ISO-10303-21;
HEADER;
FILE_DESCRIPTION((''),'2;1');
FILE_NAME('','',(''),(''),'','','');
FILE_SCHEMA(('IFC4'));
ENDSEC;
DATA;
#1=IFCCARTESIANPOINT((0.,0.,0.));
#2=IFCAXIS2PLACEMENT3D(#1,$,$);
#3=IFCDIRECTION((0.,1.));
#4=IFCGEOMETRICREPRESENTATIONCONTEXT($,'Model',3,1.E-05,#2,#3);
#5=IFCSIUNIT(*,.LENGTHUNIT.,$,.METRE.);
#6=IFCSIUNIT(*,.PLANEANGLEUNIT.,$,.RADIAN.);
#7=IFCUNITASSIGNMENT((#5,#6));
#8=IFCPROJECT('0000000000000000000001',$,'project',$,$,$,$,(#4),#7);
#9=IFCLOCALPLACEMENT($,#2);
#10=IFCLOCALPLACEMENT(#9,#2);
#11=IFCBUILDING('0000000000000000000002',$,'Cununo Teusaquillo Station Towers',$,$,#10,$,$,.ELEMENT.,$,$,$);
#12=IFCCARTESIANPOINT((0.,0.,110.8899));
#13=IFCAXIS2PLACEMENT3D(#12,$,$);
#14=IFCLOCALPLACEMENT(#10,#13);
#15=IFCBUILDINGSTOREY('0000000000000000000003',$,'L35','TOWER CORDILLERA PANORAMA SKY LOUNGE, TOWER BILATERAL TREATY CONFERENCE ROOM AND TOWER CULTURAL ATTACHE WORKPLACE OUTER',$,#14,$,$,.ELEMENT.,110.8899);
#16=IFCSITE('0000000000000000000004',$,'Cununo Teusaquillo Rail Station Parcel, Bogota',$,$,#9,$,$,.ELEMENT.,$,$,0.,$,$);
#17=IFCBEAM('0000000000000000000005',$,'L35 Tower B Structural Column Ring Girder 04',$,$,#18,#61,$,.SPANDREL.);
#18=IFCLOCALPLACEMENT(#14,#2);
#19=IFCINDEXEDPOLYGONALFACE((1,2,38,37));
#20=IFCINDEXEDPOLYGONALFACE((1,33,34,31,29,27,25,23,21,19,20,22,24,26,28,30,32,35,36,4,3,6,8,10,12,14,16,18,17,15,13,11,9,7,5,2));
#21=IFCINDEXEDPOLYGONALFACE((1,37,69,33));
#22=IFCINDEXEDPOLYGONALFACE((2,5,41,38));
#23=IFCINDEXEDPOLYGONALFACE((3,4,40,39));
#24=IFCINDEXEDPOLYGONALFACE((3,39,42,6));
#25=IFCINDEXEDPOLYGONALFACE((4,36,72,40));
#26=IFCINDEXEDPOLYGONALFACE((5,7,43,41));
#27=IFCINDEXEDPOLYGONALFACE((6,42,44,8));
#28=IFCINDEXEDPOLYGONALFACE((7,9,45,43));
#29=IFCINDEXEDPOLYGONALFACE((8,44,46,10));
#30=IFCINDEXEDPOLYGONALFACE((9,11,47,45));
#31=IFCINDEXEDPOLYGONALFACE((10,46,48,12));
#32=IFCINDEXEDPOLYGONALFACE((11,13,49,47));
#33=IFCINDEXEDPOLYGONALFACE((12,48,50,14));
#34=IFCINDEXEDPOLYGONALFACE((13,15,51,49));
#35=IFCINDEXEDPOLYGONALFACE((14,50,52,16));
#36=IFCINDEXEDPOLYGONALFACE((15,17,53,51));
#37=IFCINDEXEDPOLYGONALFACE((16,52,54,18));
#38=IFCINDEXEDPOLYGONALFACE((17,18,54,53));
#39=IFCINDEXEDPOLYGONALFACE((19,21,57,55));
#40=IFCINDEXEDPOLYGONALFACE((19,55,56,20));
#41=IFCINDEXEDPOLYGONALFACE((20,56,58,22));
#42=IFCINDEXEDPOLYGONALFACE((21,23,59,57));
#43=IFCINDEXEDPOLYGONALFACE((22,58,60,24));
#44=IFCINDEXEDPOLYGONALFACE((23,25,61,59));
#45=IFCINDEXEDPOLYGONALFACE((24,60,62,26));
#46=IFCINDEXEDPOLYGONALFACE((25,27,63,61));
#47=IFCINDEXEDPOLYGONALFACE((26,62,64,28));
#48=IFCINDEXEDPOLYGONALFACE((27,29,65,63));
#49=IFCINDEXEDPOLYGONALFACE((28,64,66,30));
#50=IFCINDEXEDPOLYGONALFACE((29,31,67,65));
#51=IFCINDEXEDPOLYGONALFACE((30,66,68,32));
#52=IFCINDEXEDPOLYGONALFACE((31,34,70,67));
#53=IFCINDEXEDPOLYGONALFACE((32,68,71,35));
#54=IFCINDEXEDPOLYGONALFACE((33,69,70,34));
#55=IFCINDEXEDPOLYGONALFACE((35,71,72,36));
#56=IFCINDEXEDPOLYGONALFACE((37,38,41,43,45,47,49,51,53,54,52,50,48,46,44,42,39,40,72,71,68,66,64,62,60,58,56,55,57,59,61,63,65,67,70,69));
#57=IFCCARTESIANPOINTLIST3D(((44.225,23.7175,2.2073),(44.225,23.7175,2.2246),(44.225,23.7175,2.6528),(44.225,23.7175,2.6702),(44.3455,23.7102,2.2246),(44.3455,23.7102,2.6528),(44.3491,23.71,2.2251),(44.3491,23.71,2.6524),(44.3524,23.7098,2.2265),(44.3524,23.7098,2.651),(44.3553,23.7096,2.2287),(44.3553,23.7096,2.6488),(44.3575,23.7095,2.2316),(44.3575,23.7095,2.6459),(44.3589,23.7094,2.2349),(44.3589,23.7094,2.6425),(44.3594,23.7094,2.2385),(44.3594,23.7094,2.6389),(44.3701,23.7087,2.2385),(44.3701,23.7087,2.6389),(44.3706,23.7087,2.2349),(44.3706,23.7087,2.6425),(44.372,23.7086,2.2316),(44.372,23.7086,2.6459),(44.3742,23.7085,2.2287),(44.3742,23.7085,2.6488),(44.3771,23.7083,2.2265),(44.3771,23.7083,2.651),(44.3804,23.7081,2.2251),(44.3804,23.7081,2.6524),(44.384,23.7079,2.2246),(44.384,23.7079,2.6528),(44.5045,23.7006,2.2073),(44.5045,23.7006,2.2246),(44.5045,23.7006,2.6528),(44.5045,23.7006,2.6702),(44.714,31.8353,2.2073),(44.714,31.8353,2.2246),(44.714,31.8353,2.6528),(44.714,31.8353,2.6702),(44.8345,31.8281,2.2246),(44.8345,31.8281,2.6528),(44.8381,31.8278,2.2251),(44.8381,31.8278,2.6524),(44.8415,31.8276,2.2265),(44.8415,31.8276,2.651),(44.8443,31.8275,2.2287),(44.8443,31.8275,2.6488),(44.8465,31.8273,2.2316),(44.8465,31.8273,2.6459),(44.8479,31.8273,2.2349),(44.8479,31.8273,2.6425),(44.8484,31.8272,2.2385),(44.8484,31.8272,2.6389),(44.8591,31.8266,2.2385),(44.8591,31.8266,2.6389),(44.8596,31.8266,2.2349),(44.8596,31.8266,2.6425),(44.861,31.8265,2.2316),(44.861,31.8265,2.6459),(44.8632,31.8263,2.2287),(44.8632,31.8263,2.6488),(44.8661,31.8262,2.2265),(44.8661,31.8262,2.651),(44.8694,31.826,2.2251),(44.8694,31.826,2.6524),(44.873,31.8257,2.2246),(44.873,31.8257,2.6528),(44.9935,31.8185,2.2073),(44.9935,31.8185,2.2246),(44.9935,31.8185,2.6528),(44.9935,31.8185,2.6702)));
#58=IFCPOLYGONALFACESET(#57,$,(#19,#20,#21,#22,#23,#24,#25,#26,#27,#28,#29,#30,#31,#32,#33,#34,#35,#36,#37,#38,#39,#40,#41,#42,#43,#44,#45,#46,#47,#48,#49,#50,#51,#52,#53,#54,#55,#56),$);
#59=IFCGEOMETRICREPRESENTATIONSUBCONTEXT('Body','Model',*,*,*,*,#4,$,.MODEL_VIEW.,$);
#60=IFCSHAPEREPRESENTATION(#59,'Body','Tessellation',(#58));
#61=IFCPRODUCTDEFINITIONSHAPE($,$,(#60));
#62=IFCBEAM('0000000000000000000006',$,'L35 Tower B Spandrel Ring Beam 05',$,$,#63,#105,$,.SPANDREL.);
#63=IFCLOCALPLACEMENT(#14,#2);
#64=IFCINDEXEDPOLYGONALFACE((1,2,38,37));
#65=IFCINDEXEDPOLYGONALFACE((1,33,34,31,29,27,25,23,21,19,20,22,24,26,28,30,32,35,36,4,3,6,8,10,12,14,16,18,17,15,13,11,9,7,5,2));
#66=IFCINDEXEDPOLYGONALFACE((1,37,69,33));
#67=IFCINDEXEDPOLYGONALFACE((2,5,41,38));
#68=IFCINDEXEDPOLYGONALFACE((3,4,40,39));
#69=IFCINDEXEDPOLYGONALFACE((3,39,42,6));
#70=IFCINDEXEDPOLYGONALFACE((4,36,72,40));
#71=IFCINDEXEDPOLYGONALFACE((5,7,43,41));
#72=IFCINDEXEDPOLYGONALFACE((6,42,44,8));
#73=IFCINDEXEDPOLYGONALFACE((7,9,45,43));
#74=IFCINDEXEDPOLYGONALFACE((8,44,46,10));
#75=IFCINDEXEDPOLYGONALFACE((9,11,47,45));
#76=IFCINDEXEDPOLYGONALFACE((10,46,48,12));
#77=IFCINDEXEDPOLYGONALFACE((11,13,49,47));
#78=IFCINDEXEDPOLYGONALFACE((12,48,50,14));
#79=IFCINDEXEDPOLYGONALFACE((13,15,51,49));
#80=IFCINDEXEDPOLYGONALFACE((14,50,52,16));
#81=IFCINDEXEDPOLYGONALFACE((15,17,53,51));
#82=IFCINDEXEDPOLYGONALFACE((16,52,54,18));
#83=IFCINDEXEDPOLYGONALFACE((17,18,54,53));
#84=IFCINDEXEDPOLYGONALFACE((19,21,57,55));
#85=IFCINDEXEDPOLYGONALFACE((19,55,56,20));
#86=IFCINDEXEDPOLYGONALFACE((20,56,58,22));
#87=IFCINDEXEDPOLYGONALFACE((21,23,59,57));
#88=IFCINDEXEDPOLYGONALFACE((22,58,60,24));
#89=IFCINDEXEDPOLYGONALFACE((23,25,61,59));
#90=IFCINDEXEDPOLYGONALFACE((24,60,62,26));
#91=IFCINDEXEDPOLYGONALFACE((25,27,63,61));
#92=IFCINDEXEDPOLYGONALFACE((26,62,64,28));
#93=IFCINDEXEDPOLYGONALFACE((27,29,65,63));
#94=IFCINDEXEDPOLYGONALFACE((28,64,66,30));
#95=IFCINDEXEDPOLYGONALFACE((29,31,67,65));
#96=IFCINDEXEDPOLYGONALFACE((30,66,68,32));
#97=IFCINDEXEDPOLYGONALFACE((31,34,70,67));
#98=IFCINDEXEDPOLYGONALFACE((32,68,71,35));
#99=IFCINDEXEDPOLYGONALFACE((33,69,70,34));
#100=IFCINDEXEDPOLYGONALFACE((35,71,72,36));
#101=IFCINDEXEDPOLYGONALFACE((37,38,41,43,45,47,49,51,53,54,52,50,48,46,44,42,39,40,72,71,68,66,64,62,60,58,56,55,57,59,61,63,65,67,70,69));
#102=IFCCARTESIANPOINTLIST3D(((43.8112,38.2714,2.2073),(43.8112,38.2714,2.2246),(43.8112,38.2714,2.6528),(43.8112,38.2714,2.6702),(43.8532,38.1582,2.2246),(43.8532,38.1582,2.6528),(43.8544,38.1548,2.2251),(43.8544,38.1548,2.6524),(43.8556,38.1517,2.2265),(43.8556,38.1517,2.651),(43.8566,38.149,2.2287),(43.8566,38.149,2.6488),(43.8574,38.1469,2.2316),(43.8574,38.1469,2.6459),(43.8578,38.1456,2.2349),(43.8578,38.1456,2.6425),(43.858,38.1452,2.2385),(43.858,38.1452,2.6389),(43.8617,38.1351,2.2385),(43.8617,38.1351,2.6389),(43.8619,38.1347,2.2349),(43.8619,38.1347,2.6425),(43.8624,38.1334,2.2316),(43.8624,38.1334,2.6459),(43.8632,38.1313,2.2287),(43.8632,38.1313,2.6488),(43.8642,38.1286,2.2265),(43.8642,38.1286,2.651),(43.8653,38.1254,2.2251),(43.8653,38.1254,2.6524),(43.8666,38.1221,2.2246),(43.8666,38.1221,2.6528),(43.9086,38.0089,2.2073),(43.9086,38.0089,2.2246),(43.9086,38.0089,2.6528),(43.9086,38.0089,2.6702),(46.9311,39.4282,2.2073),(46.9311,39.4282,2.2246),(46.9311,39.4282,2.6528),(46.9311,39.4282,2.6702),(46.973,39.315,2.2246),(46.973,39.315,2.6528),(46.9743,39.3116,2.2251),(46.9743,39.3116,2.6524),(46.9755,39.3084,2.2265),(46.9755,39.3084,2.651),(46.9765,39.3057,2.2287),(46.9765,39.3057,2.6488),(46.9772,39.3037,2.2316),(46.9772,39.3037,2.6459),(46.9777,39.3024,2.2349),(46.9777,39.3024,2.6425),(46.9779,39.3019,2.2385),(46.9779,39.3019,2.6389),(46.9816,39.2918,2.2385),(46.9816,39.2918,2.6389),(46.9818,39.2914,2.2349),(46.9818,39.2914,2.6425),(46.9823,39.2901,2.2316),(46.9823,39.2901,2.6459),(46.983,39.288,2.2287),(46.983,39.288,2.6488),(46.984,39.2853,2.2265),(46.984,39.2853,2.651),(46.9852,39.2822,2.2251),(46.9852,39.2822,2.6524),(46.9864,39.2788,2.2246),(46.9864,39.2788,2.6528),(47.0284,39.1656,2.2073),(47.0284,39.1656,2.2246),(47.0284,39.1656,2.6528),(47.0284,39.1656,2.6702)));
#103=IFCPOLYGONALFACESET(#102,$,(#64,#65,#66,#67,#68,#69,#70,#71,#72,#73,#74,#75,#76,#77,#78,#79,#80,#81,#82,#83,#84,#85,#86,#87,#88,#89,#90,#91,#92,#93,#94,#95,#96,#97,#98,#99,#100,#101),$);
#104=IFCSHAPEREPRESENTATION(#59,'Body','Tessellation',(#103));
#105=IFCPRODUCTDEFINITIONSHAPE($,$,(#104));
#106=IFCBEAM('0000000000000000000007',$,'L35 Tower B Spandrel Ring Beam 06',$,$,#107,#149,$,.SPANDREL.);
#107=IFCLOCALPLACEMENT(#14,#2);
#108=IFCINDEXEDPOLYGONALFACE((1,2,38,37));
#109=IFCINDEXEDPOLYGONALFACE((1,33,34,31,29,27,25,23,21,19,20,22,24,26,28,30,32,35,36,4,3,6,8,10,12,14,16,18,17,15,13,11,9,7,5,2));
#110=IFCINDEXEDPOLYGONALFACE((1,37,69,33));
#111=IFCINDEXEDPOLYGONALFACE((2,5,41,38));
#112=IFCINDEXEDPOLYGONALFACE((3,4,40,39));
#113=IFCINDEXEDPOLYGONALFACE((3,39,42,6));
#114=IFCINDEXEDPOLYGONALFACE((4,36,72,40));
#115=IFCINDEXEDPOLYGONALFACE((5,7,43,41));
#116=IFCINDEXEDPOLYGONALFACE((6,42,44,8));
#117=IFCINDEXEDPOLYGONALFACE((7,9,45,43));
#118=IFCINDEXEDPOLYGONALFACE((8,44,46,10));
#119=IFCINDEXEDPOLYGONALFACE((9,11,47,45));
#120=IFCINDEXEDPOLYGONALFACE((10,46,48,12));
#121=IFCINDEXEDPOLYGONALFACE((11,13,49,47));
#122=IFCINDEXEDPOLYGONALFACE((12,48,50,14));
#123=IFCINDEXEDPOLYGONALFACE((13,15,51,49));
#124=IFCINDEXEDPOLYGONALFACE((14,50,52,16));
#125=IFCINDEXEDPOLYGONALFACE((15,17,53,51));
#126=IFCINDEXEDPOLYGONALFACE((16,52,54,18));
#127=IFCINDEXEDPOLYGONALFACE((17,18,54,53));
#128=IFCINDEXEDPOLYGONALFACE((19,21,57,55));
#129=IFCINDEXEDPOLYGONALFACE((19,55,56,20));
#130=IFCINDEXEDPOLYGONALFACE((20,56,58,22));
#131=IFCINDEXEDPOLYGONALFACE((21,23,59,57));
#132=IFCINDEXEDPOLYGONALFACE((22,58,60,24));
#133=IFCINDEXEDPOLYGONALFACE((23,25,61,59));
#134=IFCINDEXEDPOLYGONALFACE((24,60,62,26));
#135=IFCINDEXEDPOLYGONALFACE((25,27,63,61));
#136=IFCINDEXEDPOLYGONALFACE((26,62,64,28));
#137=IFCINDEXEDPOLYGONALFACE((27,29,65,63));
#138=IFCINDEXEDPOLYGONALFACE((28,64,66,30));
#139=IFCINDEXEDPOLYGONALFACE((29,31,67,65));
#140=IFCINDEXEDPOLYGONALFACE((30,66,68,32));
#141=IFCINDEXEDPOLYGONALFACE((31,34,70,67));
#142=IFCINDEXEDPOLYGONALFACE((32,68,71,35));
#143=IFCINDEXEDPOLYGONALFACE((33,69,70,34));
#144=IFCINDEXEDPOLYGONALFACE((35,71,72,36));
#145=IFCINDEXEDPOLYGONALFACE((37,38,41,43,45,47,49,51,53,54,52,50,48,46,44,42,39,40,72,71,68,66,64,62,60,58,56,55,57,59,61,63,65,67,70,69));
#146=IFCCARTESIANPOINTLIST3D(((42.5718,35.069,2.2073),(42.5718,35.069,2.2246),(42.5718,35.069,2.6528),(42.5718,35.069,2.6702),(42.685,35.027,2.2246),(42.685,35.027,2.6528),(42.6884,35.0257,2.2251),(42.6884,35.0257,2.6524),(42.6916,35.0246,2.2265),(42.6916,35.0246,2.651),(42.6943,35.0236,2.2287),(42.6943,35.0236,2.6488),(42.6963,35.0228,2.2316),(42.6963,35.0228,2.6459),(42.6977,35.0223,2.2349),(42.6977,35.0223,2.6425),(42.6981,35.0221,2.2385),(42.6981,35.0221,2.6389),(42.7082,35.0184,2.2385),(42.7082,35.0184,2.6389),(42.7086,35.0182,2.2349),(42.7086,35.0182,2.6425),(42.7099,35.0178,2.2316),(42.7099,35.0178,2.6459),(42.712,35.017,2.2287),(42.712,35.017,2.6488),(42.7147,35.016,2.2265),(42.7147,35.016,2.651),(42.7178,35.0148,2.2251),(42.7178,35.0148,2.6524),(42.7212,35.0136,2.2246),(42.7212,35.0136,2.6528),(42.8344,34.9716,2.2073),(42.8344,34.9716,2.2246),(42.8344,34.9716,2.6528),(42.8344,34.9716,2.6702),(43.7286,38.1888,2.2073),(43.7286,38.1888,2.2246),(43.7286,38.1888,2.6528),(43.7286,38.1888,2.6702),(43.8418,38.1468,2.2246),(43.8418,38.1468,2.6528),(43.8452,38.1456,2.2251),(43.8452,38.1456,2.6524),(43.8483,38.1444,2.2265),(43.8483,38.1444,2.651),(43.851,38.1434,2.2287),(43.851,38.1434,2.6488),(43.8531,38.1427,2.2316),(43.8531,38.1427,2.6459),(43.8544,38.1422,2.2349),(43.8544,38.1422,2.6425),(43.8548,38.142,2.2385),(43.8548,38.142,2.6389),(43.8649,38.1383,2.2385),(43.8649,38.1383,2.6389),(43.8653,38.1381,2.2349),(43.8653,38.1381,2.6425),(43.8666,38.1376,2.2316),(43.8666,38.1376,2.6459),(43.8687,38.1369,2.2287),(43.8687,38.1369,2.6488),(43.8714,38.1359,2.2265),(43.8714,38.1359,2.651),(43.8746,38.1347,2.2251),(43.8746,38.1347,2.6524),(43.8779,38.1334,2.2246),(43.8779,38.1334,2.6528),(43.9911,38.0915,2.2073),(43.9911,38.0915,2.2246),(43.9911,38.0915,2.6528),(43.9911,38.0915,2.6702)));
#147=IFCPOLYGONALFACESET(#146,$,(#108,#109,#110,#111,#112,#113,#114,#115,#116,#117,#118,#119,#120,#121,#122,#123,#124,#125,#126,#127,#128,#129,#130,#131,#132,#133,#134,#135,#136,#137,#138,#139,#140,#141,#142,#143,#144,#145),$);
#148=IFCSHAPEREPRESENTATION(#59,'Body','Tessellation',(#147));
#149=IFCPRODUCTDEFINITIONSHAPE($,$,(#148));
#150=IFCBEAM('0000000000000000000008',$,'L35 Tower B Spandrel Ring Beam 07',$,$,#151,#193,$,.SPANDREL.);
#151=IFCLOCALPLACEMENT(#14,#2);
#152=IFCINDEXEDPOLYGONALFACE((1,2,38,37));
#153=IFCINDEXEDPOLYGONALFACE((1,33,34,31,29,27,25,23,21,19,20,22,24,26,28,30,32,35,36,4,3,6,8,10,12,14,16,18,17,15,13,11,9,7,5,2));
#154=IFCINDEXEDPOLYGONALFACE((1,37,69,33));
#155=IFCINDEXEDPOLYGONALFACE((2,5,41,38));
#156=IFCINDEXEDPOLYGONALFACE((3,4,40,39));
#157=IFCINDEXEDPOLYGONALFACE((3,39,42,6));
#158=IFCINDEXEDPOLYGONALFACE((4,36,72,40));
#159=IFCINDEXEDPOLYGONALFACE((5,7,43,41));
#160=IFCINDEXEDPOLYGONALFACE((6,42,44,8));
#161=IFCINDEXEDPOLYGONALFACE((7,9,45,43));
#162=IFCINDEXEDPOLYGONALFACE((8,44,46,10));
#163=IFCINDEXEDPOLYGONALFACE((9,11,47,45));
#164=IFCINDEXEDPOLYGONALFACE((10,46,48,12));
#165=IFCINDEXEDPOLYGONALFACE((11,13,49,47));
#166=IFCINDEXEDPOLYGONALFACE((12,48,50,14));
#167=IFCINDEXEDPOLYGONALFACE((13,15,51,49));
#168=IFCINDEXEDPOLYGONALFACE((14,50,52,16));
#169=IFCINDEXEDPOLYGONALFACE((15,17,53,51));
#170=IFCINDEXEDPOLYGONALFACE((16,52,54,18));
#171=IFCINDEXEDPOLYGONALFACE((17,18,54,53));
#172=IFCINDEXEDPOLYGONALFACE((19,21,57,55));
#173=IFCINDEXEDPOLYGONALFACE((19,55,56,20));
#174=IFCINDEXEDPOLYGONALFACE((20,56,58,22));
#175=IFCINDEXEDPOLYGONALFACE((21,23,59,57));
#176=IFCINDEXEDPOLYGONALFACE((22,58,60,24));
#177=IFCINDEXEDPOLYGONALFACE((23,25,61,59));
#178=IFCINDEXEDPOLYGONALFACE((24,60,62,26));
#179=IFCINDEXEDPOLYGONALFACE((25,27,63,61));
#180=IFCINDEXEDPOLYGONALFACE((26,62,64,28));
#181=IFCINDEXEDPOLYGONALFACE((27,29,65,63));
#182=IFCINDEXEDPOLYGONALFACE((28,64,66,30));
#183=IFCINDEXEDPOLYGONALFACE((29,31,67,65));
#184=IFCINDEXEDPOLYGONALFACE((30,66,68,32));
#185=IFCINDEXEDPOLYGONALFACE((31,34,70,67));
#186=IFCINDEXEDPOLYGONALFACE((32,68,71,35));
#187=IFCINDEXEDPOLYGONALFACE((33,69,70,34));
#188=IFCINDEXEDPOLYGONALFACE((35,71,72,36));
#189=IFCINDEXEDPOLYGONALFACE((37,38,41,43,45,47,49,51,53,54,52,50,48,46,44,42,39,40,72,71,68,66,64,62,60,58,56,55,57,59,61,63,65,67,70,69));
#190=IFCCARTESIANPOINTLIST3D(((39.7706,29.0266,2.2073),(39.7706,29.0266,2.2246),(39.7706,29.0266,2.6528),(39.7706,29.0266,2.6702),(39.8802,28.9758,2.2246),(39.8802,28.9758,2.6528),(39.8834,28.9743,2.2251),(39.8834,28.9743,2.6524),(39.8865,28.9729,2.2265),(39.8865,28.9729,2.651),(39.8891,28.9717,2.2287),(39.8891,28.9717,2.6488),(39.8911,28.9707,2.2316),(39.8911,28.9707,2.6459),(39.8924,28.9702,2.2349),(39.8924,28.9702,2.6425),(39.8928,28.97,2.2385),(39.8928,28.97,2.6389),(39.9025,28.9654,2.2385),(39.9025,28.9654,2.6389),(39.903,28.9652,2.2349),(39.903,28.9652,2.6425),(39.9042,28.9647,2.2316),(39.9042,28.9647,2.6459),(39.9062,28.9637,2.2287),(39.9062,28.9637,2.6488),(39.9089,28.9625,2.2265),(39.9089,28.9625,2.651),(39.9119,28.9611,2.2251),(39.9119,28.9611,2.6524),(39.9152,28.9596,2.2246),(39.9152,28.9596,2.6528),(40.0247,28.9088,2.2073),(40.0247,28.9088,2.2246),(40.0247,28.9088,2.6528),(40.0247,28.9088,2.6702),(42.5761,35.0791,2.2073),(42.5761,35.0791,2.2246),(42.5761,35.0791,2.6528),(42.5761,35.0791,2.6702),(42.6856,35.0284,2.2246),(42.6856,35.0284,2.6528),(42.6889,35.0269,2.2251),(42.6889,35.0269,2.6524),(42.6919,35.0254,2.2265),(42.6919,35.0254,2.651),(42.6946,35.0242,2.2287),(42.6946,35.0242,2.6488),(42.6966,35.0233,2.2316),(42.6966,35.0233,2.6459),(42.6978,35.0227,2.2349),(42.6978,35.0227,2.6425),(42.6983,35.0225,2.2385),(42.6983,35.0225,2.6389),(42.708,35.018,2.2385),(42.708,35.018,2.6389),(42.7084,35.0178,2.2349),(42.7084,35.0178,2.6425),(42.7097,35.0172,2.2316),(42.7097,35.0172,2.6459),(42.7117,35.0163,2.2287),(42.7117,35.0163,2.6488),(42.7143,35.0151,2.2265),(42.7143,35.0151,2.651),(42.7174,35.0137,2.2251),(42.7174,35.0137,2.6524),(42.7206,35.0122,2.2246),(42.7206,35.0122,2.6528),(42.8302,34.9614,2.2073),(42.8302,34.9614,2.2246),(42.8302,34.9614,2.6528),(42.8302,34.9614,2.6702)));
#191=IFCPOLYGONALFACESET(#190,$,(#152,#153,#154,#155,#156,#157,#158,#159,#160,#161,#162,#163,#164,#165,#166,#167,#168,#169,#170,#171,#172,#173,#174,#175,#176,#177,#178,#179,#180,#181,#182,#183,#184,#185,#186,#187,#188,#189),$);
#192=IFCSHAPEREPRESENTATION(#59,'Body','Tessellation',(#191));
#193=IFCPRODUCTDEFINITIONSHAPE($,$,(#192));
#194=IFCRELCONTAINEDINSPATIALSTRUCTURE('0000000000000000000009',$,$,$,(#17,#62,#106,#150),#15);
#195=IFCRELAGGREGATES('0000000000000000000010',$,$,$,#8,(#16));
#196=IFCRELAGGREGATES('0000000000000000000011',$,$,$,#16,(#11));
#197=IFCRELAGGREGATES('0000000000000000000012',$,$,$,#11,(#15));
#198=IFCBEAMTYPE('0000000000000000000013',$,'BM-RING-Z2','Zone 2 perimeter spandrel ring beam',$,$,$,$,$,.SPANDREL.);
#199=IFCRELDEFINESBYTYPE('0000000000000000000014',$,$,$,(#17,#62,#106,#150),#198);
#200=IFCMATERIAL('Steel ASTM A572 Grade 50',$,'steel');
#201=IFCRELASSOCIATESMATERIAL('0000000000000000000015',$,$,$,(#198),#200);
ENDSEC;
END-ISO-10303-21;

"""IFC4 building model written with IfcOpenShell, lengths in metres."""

from ifc_helpers import new_model, si_unit, direction, frame, origin, origin_2d, place, context, subcontext, project, spatial, i_section, extrude, material, material_profile, profile_set, type_object, element, save


model = new_model("IFC4")

# Units and contexts
model_context = context("Model", 3, precision=1e-05, world=origin(), true_north=direction((0.0, 1.0)))
body_context = subcontext(model_context, "Body", "Model", "MODEL_VIEW")
ifc_project = project(units=[si_unit("LENGTHUNIT", "METRE"), si_unit("PLANEANGLEUNIT", "RADIAN")], contexts=[model_context])

# Site, building, storey
site_placement = place(None, origin())
site = spatial("IfcSite", under=ifc_project, at=site_placement, Name="Cununo Teusaquillo Rail Station Parcel, Bogota", CompositionType="ELEMENT", RefElevation=0.0)
building_placement = place(site_placement, origin())
building = spatial("IfcBuilding", under=site, at=building_placement, Name="Cununo Teusaquillo Station Towers", CompositionType="ELEMENT")
storey_placement = place(building_placement, frame((0.0, 0.0, 110.8899)))
storey = spatial("IfcBuildingStorey", under=building, at=storey_placement, Name="L35", Description="TOWER CORDILLERA PANORAMA SKY LOUNGE, TOWER BILATERAL TREATY CONFERENCE ROOM AND TOWER CULTURAL ATTACHE WORKPLACE OUTER", CompositionType="ELEMENT", Elevation=110.8899)

# Beams
ifc_material_1 = material(Name="Steel ASTM A572 Grade 50", Category="steel")
ifc_material_profile_1 = material_profile(ifc_material_1, i_section(OverallWidth=0.28, OverallDepth=0.4629, WebThickness=0.0107, FlangeThickness=0.0173, FilletRadius=0.0139, at=origin_2d()), Name="W18X76")
ifc_profile_set_1 = profile_set([ifc_material_profile_1], Name="Steel ASTM A572 Grade 50")
beam_type_1 = type_object("IfcBeamType", Name="BM-RING-Z2", Description="Zone 2 perimeter spandrel ring beam", PredefinedType="SPANDREL", material=ifc_profile_set_1)
beam_1_placement = place(storey_placement, frame((44.8538, 31.8269, 2.4387), z_axis=(-0.06013, -0.998191, 0.0), x_axis=(0.998191, -0.06013, 0.0)))
element("IfcBeam", 1, at=beam_1_placement, inside=storey, type_object=beam_type_1, Name="L35 Tower B Structural Column Ring Girder 04", PredefinedType="SPANDREL", context=body_context, shape_type="SweptSolid", body=[
    extrude(i_section(OverallWidth=0.28, OverallDepth=0.4629, WebThickness=0.0107, FlangeThickness=0.0173, FilletRadius=0.0139, at=origin_2d()), origin(), (0.0, 0.0, 1.0), 8.1326),
])
for number, where, z_axis, x_axis, name in (
    (2, (46.9797, 39.2969, 2.4387), (-0.937628, -0.347639, 0.0), (0.347639, -0.937628, 0.0), "L35 Tower B Spandrel Ring Beam 05"),
    (3, (43.8599, 38.1401, 2.4387), (-0.347639, -0.937628, 0.0), (0.937628, -0.347639, 0.0), "L35 Tower B Spandrel Ring Beam 06"),
):
    element("IfcBeam", number, at=place(storey_placement, frame(where, z_axis=z_axis, x_axis=x_axis)), inside=storey, type_object=beam_type_1, Name=name, PredefinedType="SPANDREL", context=body_context, shape_type="SweptSolid", body=[
        extrude(i_section(OverallWidth=0.28, OverallDepth=0.4629, WebThickness=0.0107, FlangeThickness=0.0173, FilletRadius=0.0139, at=origin_2d()), origin(), (0.0, 0.0, 1.0), 3.3274),
    ])
beam_2_placement = place(storey_placement, frame((42.7031, 35.0203, 2.4387), z_axis=(-0.420536, -0.907276, 0.0), x_axis=(0.907276, -0.420536, 0.0)))
element("IfcBeam", 4, at=beam_2_placement, inside=storey, type_object=beam_type_1, Name="L35 Tower B Spandrel Ring Beam 07", PredefinedType="SPANDREL", context=body_context, shape_type="SweptSolid", body=[
    extrude(i_section(OverallWidth=0.28, OverallDepth=0.4629, WebThickness=0.0107, FlangeThickness=0.0173, FilletRadius=0.0139, at=origin_2d()), origin(), (0.0, 0.0, 1.0), 6.6711),
])

save(model, "model.ifc")
